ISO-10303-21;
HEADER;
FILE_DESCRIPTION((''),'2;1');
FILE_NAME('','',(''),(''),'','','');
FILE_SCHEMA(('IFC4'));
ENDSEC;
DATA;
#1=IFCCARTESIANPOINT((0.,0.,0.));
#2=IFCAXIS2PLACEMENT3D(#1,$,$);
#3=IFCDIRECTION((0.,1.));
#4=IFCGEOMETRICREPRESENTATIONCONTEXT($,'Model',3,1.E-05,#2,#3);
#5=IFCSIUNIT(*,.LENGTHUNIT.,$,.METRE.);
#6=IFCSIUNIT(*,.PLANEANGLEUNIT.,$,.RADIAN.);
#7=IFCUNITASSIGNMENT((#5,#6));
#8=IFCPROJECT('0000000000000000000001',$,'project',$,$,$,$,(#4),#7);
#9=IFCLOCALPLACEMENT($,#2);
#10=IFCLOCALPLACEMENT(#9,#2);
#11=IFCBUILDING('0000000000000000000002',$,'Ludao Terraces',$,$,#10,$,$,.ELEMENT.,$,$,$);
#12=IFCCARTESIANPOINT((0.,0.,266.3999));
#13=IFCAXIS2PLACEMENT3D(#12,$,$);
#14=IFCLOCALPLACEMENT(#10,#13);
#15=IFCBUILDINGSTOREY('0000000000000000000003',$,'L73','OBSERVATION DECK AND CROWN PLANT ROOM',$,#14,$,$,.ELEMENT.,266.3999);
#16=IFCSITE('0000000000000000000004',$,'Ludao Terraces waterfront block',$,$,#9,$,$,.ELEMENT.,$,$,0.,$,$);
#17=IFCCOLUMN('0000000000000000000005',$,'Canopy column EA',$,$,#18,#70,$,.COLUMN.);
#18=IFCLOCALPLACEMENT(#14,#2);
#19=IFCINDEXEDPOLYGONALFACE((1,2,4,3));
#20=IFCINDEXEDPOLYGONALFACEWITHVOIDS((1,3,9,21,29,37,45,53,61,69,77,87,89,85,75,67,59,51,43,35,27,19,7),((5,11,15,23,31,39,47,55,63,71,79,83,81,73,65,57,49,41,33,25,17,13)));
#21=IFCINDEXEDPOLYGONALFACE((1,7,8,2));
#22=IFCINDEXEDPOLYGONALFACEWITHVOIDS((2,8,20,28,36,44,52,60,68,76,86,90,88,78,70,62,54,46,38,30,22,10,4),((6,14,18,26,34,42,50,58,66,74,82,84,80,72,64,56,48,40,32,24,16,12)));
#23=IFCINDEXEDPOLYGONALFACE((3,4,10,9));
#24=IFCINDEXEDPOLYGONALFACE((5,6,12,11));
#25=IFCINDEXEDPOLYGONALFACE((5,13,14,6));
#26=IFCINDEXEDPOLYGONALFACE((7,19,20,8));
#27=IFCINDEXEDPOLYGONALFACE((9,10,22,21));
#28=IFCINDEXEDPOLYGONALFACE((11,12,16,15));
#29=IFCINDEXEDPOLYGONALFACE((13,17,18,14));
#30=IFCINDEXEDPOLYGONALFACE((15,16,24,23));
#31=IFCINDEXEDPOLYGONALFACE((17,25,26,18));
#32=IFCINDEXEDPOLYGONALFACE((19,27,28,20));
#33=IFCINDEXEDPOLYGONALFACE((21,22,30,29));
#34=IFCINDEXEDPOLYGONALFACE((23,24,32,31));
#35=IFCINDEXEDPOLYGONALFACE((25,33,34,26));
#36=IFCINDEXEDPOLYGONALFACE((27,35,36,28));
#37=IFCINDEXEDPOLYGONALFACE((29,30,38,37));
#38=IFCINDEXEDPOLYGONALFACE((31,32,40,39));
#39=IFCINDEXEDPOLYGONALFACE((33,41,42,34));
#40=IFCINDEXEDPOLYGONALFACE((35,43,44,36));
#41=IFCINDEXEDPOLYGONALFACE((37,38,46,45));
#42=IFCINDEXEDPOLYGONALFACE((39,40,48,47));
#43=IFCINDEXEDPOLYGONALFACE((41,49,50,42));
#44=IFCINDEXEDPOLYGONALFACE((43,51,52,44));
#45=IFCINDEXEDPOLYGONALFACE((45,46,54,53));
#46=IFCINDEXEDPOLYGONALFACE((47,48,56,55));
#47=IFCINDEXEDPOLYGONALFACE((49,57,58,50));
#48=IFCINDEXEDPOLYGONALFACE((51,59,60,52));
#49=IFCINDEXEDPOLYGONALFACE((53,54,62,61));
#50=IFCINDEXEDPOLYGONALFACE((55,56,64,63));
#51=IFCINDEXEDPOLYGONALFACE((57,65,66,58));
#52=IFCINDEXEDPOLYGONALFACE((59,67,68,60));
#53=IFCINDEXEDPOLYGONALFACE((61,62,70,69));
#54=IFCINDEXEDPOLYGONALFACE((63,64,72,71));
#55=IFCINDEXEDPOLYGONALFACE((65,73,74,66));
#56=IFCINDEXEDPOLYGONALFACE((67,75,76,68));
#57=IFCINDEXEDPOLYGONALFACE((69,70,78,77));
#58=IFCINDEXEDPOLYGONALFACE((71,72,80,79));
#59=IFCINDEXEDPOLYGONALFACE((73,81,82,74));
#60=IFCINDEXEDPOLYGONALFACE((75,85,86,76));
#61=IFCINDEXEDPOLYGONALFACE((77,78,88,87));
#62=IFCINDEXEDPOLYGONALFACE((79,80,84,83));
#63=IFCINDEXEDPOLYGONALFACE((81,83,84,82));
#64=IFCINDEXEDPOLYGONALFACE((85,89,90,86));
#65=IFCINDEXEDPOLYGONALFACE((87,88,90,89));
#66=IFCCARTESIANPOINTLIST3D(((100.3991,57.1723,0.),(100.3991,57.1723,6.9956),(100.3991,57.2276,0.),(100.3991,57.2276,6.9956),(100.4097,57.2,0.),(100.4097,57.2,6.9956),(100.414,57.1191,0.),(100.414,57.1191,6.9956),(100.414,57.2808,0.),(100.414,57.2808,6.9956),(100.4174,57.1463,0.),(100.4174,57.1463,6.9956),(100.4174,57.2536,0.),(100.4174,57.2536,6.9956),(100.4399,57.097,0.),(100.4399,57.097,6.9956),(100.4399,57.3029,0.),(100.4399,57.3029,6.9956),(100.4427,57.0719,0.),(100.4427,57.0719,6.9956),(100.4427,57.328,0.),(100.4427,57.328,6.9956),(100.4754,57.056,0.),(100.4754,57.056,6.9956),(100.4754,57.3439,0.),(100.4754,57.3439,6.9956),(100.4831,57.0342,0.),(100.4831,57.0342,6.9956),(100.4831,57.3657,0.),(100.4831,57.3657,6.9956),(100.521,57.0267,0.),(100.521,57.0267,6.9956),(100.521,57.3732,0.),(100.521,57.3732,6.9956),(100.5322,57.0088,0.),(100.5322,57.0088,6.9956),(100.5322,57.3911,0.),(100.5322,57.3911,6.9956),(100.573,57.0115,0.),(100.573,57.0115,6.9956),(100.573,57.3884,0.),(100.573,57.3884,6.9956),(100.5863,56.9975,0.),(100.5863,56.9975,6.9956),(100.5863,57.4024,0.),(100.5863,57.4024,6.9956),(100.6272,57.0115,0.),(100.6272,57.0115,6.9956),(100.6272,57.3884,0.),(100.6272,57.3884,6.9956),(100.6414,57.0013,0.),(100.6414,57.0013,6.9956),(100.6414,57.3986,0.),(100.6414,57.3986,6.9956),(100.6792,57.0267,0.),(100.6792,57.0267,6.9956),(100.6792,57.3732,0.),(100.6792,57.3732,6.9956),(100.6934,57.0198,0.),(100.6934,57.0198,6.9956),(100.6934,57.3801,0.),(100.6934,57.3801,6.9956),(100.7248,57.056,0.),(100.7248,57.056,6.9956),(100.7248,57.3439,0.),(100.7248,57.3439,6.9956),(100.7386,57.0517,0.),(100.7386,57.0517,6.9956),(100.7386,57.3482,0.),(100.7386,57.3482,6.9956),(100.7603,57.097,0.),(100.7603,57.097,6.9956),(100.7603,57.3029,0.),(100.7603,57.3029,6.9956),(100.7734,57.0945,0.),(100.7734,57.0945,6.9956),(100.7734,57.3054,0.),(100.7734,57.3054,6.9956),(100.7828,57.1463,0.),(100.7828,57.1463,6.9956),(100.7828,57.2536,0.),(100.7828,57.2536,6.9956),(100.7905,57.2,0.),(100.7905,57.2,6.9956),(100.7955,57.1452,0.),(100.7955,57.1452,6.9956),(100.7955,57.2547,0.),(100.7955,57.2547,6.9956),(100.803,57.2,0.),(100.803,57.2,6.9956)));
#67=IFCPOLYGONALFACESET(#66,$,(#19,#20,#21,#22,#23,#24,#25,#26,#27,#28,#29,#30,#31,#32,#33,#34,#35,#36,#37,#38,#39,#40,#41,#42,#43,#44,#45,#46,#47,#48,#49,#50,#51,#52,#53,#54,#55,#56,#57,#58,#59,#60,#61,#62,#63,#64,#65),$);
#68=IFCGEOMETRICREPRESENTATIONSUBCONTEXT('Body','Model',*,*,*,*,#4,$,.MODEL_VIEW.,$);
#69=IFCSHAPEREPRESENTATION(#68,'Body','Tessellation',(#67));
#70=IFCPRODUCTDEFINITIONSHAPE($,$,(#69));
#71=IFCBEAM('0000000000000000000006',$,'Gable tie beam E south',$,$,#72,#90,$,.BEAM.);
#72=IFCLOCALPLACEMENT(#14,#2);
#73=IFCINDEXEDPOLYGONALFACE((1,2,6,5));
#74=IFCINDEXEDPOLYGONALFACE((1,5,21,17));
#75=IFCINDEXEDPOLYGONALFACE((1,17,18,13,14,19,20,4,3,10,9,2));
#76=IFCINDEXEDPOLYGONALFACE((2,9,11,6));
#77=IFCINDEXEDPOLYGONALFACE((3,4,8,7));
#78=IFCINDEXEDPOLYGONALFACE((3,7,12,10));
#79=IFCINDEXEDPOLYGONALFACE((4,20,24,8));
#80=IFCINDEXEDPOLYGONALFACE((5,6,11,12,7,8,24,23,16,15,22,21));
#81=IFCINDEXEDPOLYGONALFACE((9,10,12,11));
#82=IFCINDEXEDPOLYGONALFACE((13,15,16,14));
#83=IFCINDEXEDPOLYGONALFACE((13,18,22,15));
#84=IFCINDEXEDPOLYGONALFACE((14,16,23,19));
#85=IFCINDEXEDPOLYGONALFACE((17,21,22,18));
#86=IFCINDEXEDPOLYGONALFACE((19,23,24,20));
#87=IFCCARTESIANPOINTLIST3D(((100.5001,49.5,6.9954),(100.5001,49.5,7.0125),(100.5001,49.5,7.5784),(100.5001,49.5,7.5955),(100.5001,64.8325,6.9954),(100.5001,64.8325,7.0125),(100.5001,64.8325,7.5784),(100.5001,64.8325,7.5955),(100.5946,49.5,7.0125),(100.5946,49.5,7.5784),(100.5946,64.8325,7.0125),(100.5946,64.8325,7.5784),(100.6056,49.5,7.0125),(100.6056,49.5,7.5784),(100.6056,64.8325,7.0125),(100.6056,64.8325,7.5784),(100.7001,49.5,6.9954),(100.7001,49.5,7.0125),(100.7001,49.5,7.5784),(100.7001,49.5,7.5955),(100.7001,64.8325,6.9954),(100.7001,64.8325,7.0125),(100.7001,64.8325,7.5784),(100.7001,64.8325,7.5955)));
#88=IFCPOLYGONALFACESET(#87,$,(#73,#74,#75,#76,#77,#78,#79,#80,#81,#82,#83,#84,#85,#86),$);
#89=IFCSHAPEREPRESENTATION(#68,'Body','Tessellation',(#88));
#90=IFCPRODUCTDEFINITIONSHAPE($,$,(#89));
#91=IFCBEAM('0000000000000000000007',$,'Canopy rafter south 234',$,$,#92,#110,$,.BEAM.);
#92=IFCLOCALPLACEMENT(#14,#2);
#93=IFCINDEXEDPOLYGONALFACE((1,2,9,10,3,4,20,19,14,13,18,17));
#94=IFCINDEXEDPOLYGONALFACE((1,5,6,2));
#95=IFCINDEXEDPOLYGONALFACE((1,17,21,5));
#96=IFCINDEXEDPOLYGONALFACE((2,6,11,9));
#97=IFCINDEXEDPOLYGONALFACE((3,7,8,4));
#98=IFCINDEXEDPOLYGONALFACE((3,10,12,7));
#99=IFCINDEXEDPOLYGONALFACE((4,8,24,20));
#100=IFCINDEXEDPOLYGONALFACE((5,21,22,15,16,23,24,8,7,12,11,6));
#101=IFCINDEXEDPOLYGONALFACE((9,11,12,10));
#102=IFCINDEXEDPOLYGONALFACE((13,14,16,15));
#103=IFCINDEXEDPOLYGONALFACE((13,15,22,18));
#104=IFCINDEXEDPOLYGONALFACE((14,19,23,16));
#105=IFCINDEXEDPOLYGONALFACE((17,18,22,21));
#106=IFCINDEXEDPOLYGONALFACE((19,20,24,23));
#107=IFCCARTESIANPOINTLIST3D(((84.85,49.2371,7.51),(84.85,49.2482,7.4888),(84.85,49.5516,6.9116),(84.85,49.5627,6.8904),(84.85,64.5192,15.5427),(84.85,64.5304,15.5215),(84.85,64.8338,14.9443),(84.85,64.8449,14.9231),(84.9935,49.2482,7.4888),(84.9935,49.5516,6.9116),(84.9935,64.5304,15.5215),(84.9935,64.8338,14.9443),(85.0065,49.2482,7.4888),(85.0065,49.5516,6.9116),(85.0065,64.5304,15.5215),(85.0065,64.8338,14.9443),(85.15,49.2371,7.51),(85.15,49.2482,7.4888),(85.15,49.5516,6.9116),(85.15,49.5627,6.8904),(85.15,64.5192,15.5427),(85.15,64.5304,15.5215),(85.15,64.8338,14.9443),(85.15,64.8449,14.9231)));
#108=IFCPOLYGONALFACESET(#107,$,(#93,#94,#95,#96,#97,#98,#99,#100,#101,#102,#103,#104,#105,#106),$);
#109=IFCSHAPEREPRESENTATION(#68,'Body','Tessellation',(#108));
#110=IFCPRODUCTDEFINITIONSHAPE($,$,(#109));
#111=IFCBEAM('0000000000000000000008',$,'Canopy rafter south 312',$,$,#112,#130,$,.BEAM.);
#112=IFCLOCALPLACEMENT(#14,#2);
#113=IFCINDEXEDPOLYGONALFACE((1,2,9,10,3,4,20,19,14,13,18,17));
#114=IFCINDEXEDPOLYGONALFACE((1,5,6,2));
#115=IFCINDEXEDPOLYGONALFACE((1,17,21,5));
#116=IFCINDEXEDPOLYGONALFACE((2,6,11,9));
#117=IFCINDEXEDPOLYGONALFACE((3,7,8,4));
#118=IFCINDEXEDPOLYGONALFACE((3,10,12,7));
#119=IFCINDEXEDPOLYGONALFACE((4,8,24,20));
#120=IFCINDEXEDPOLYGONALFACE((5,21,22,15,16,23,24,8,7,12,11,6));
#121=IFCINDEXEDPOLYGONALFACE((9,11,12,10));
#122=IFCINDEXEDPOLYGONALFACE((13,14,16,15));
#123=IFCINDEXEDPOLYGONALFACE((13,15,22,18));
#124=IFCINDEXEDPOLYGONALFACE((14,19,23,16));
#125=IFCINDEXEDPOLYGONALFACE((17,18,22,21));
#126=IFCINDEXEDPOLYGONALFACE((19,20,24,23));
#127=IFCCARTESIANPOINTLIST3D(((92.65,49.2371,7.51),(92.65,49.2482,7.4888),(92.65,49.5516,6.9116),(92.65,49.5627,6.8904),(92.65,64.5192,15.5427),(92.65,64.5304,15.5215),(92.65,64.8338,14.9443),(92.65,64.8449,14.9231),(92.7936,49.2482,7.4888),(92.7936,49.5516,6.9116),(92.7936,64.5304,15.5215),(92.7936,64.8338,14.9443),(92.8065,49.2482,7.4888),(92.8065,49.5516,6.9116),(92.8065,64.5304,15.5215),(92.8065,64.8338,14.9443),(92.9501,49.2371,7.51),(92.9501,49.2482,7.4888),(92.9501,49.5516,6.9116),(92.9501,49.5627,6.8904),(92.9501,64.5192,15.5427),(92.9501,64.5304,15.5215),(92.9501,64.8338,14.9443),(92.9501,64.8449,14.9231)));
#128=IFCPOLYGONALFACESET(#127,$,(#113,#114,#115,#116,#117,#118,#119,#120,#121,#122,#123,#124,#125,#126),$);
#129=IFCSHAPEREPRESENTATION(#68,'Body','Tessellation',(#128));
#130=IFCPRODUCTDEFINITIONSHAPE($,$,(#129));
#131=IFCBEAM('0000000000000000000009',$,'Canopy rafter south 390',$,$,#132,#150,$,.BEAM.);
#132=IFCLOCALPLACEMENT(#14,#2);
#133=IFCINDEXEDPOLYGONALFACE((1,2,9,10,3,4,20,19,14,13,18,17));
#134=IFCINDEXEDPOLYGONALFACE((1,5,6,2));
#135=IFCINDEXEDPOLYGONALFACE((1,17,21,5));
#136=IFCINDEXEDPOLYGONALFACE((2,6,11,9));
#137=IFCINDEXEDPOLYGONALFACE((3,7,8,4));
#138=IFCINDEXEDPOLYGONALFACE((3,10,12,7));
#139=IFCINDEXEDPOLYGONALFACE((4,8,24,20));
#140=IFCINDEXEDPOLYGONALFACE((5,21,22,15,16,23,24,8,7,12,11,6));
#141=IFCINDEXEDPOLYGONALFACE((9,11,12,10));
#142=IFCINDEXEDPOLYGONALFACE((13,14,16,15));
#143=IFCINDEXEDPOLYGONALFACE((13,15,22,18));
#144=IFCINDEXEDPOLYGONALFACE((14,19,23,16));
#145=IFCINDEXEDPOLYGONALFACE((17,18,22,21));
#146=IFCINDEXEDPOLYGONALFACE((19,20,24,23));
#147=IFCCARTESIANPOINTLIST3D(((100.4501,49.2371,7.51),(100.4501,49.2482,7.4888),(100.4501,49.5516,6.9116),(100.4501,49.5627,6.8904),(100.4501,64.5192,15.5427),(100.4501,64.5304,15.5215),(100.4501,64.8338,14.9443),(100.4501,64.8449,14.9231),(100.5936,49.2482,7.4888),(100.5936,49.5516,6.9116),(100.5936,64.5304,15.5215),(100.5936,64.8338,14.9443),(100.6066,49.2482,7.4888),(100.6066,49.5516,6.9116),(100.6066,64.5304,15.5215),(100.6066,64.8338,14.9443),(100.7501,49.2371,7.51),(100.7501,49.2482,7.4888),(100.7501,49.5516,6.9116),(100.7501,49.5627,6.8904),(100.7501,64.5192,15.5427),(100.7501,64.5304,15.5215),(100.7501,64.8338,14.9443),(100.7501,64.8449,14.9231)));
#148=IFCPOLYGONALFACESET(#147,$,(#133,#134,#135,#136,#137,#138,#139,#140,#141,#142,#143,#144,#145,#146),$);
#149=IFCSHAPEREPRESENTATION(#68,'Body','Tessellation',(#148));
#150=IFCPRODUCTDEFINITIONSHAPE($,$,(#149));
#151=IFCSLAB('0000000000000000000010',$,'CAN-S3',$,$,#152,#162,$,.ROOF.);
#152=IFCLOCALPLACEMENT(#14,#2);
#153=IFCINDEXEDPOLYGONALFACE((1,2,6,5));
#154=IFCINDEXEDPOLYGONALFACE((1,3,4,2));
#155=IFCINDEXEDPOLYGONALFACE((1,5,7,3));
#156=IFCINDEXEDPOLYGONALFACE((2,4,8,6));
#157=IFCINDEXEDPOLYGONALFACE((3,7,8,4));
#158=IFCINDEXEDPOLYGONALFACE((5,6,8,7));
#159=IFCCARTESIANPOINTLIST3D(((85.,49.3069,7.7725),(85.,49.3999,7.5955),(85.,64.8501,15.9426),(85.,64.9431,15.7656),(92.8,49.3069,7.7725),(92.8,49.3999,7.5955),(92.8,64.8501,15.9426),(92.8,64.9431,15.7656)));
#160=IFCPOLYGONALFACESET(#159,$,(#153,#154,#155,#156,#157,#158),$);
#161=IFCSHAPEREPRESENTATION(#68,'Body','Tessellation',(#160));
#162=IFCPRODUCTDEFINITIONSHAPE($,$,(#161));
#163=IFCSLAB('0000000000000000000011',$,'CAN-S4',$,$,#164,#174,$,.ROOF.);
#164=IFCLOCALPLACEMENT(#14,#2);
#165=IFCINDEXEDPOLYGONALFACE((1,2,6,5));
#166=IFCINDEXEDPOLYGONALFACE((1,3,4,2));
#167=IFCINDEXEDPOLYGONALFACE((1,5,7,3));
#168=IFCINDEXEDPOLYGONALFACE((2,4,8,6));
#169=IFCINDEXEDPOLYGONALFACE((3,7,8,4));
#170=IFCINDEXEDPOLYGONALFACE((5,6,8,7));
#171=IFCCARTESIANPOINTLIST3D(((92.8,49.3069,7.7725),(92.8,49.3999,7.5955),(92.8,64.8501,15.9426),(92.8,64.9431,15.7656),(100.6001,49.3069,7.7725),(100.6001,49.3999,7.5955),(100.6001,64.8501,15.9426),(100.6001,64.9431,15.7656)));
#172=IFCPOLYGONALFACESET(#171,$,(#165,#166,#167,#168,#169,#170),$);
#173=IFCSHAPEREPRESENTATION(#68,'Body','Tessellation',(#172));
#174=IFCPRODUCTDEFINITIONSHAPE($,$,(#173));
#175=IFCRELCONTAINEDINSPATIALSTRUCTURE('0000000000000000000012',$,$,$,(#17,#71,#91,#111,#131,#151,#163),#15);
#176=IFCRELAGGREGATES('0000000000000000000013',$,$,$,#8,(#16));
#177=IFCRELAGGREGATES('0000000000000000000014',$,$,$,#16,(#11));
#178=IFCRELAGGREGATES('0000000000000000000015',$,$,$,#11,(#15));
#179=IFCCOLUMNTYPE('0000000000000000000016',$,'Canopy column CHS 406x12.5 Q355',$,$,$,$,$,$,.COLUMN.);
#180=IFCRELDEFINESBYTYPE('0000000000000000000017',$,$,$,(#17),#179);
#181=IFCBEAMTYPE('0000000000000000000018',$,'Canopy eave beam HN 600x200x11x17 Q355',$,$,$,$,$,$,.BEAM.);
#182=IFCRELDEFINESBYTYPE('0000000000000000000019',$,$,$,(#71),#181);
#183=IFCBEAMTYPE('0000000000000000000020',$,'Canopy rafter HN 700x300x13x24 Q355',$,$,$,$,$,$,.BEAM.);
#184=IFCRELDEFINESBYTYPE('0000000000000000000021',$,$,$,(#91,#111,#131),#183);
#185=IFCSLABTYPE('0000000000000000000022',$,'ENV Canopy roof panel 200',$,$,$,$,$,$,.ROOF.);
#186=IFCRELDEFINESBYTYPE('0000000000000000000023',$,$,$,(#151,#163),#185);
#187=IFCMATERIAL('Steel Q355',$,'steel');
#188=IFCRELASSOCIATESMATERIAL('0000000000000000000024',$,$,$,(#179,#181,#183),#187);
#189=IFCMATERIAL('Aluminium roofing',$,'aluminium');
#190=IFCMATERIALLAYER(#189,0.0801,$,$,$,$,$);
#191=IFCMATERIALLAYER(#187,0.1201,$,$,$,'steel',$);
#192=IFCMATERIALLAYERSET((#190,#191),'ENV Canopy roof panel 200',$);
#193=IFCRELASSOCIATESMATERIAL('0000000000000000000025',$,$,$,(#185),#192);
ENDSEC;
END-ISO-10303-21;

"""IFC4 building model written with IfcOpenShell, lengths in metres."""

from ifc_helpers import new_model, si_unit, direction, frame, origin, origin_2d, place, context, subcontext, project, spatial, polyline, hollow_circle, i_section, outline, extrude, material, layer, layer_set, material_profile, profile_set, type_object, element, save


model = new_model("IFC4")

# Units and contexts
model_context = context("Model", 3, precision=1e-05, world=origin(), true_north=direction((0.0, 1.0)))
body_context = subcontext(model_context, "Body", "Model", "MODEL_VIEW")
ifc_project = project(units=[si_unit("LENGTHUNIT", "METRE"), si_unit("PLANEANGLEUNIT", "RADIAN")], contexts=[model_context])

# Site, building, storey
site_placement = place(None, origin())
site = spatial("IfcSite", under=ifc_project, at=site_placement, Name="Ludao Terraces waterfront block", CompositionType="ELEMENT", RefElevation=0.0)
building_placement = place(site_placement, origin())
building = spatial("IfcBuilding", under=site, at=building_placement, Name="Ludao Terraces", CompositionType="ELEMENT")
storey_placement = place(building_placement, frame((0.0, 0.0, 266.3999)))
storey = spatial("IfcBuildingStorey", under=building, at=storey_placement, Name="L73", Description="OBSERVATION DECK AND CROWN PLANT ROOM", CompositionType="ELEMENT", Elevation=266.3999)

# Column
ifc_material_1 = material(Name="Steel Q355", Category="steel")
ifc_material_profile_1 = material_profile(ifc_material_1, hollow_circle(Radius=0.2029, WallThickness=0.0125, at=origin_2d()), Name="CHS 406X12.5")
ifc_profile_set_1 = profile_set([ifc_material_profile_1], Name="Steel Q355")
column_type = type_object("IfcColumnType", Name="Canopy column CHS 406x12.5 Q355", PredefinedType="COLUMN", material=ifc_profile_set_1)
for number, where, z_axis, x_axis, name in (
    (1, (100.6001, 57.2, 0.0), (0.0, 0.0, 1.0), (1.0, 0.0, 0.0), "Canopy column EA"),
):
    element("IfcColumn", number, at=place(storey_placement, frame(where, z_axis=z_axis, x_axis=x_axis)), inside=storey, type_object=column_type, Name=name, PredefinedType="COLUMN", context=body_context, shape_type="SweptSolid", body=[
        extrude(hollow_circle(Radius=0.2029, WallThickness=0.0125, at=origin_2d()), origin(), (0.0, 0.0, 1.0), 6.9956),
    ])

# Beams
ifc_material_profile_2 = material_profile(ifc_material_1, i_section(OverallWidth=0.2, OverallDepth=0.6001, WebThickness=0.011, FlangeThickness=0.0171, at=origin_2d()), Name="HN 600X200X11X17")
ifc_profile_set_2 = profile_set([ifc_material_profile_2], Name="Steel Q355")
beam_type_1 = type_object("IfcBeamType", Name="Canopy eave beam HN 600x200x11x17 Q355", PredefinedType="BEAM", material=ifc_profile_set_2)
beam_placement = place(storey_placement, frame((100.6001, 49.5, 7.2954), z_axis=(0.0, 1.0, 0.0), x_axis=(-1.0, 0.0, 0.0)))
element("IfcBeam", 2, at=beam_placement, inside=storey, type_object=beam_type_1, Name="Gable tie beam E south", PredefinedType="BEAM", context=body_context, shape_type="SweptSolid", body=[
    extrude(i_section(OverallWidth=0.2, OverallDepth=0.6001, WebThickness=0.011, FlangeThickness=0.0171, at=origin_2d()), origin(), (0.0, 0.0, 1.0), 15.3325),
])
ifc_material_profile_3 = material_profile(ifc_material_1, i_section(OverallWidth=0.3, OverallDepth=0.7, WebThickness=0.0129, FlangeThickness=0.0239, at=origin_2d()), Name="HN 700X300X13X24")
ifc_profile_set_3 = profile_set([ifc_material_profile_3], Name="Steel Q355")
beam_type_2 = type_object("IfcBeamType", Name="Canopy rafter HN 700x300x13x24 Q355", PredefinedType="BEAM", material=ifc_profile_set_3)
for number, where, z_axis, x_axis, name in (
    (3, (85.0, 49.3999, 7.2002), (0.0, 0.88517, 0.465267), (-1.0, 0.0, 0.0), "Canopy rafter south 234"),
    (4, (92.8, 49.3999, 7.2002), (0.0, 0.88517, 0.465267), (-1.0, 0.0, 0.0), "Canopy rafter south 312"),
    (5, (100.6001, 49.3999, 7.2002), (0.0, 0.88517, 0.465267), (-1.0, 0.0, 0.0), "Canopy rafter south 390"),
):
    element("IfcBeam", number, at=place(storey_placement, frame(where, z_axis=z_axis, x_axis=x_axis)), inside=storey, type_object=beam_type_2, Name=name, PredefinedType="BEAM", context=body_context, shape_type="SweptSolid", body=[
        extrude(i_section(OverallWidth=0.3, OverallDepth=0.7, WebThickness=0.0129, FlangeThickness=0.0239, at=origin_2d()), origin(), (0.0, 0.0, 1.0), 17.2646),
    ])

# Slabs
ifc_material_2 = material(Name="Aluminium roofing", Category="aluminium")
ifc_layer_1 = layer(ifc_material_2, 0.0801)
ifc_layer_2 = layer(ifc_material_1, 0.1201, Category="steel")
ifc_layer_set_1 = layer_set([ifc_layer_1, ifc_layer_2], Name="ENV Canopy roof panel 200")
slab_type = type_object("IfcSlabType", Name="ENV Canopy roof panel 200", PredefinedType="ROOF", material=ifc_layer_set_1)
for number, where, z_axis, x_axis, name in (
    (6, (85.0, 49.3069, 7.7725), (0.0, -0.465279, 0.885164), (1.0, 0.0, 0.0), "CAN-S3"),
    (7, (92.8, 49.3069, 7.7725), (0.0, -0.465279, 0.885164), (1.0, 0.0, 0.0), "CAN-S4"),
):
    element("IfcSlab", number, at=place(storey_placement, frame(where, z_axis=z_axis, x_axis=x_axis)), inside=storey, type_object=slab_type, Name=name, PredefinedType="ROOF", context=body_context, shape_type="SweptSolid", body=[
        extrude(outline(polyline([(0.0, 0.0), (7.8, 0.0), (7.8, 17.5597), (0.0, 17.5597), (0.0, 0.0)])), origin(), (0.0, 0.0, -1.0), 0.2),
    ])

save(model, "model.ifc")
